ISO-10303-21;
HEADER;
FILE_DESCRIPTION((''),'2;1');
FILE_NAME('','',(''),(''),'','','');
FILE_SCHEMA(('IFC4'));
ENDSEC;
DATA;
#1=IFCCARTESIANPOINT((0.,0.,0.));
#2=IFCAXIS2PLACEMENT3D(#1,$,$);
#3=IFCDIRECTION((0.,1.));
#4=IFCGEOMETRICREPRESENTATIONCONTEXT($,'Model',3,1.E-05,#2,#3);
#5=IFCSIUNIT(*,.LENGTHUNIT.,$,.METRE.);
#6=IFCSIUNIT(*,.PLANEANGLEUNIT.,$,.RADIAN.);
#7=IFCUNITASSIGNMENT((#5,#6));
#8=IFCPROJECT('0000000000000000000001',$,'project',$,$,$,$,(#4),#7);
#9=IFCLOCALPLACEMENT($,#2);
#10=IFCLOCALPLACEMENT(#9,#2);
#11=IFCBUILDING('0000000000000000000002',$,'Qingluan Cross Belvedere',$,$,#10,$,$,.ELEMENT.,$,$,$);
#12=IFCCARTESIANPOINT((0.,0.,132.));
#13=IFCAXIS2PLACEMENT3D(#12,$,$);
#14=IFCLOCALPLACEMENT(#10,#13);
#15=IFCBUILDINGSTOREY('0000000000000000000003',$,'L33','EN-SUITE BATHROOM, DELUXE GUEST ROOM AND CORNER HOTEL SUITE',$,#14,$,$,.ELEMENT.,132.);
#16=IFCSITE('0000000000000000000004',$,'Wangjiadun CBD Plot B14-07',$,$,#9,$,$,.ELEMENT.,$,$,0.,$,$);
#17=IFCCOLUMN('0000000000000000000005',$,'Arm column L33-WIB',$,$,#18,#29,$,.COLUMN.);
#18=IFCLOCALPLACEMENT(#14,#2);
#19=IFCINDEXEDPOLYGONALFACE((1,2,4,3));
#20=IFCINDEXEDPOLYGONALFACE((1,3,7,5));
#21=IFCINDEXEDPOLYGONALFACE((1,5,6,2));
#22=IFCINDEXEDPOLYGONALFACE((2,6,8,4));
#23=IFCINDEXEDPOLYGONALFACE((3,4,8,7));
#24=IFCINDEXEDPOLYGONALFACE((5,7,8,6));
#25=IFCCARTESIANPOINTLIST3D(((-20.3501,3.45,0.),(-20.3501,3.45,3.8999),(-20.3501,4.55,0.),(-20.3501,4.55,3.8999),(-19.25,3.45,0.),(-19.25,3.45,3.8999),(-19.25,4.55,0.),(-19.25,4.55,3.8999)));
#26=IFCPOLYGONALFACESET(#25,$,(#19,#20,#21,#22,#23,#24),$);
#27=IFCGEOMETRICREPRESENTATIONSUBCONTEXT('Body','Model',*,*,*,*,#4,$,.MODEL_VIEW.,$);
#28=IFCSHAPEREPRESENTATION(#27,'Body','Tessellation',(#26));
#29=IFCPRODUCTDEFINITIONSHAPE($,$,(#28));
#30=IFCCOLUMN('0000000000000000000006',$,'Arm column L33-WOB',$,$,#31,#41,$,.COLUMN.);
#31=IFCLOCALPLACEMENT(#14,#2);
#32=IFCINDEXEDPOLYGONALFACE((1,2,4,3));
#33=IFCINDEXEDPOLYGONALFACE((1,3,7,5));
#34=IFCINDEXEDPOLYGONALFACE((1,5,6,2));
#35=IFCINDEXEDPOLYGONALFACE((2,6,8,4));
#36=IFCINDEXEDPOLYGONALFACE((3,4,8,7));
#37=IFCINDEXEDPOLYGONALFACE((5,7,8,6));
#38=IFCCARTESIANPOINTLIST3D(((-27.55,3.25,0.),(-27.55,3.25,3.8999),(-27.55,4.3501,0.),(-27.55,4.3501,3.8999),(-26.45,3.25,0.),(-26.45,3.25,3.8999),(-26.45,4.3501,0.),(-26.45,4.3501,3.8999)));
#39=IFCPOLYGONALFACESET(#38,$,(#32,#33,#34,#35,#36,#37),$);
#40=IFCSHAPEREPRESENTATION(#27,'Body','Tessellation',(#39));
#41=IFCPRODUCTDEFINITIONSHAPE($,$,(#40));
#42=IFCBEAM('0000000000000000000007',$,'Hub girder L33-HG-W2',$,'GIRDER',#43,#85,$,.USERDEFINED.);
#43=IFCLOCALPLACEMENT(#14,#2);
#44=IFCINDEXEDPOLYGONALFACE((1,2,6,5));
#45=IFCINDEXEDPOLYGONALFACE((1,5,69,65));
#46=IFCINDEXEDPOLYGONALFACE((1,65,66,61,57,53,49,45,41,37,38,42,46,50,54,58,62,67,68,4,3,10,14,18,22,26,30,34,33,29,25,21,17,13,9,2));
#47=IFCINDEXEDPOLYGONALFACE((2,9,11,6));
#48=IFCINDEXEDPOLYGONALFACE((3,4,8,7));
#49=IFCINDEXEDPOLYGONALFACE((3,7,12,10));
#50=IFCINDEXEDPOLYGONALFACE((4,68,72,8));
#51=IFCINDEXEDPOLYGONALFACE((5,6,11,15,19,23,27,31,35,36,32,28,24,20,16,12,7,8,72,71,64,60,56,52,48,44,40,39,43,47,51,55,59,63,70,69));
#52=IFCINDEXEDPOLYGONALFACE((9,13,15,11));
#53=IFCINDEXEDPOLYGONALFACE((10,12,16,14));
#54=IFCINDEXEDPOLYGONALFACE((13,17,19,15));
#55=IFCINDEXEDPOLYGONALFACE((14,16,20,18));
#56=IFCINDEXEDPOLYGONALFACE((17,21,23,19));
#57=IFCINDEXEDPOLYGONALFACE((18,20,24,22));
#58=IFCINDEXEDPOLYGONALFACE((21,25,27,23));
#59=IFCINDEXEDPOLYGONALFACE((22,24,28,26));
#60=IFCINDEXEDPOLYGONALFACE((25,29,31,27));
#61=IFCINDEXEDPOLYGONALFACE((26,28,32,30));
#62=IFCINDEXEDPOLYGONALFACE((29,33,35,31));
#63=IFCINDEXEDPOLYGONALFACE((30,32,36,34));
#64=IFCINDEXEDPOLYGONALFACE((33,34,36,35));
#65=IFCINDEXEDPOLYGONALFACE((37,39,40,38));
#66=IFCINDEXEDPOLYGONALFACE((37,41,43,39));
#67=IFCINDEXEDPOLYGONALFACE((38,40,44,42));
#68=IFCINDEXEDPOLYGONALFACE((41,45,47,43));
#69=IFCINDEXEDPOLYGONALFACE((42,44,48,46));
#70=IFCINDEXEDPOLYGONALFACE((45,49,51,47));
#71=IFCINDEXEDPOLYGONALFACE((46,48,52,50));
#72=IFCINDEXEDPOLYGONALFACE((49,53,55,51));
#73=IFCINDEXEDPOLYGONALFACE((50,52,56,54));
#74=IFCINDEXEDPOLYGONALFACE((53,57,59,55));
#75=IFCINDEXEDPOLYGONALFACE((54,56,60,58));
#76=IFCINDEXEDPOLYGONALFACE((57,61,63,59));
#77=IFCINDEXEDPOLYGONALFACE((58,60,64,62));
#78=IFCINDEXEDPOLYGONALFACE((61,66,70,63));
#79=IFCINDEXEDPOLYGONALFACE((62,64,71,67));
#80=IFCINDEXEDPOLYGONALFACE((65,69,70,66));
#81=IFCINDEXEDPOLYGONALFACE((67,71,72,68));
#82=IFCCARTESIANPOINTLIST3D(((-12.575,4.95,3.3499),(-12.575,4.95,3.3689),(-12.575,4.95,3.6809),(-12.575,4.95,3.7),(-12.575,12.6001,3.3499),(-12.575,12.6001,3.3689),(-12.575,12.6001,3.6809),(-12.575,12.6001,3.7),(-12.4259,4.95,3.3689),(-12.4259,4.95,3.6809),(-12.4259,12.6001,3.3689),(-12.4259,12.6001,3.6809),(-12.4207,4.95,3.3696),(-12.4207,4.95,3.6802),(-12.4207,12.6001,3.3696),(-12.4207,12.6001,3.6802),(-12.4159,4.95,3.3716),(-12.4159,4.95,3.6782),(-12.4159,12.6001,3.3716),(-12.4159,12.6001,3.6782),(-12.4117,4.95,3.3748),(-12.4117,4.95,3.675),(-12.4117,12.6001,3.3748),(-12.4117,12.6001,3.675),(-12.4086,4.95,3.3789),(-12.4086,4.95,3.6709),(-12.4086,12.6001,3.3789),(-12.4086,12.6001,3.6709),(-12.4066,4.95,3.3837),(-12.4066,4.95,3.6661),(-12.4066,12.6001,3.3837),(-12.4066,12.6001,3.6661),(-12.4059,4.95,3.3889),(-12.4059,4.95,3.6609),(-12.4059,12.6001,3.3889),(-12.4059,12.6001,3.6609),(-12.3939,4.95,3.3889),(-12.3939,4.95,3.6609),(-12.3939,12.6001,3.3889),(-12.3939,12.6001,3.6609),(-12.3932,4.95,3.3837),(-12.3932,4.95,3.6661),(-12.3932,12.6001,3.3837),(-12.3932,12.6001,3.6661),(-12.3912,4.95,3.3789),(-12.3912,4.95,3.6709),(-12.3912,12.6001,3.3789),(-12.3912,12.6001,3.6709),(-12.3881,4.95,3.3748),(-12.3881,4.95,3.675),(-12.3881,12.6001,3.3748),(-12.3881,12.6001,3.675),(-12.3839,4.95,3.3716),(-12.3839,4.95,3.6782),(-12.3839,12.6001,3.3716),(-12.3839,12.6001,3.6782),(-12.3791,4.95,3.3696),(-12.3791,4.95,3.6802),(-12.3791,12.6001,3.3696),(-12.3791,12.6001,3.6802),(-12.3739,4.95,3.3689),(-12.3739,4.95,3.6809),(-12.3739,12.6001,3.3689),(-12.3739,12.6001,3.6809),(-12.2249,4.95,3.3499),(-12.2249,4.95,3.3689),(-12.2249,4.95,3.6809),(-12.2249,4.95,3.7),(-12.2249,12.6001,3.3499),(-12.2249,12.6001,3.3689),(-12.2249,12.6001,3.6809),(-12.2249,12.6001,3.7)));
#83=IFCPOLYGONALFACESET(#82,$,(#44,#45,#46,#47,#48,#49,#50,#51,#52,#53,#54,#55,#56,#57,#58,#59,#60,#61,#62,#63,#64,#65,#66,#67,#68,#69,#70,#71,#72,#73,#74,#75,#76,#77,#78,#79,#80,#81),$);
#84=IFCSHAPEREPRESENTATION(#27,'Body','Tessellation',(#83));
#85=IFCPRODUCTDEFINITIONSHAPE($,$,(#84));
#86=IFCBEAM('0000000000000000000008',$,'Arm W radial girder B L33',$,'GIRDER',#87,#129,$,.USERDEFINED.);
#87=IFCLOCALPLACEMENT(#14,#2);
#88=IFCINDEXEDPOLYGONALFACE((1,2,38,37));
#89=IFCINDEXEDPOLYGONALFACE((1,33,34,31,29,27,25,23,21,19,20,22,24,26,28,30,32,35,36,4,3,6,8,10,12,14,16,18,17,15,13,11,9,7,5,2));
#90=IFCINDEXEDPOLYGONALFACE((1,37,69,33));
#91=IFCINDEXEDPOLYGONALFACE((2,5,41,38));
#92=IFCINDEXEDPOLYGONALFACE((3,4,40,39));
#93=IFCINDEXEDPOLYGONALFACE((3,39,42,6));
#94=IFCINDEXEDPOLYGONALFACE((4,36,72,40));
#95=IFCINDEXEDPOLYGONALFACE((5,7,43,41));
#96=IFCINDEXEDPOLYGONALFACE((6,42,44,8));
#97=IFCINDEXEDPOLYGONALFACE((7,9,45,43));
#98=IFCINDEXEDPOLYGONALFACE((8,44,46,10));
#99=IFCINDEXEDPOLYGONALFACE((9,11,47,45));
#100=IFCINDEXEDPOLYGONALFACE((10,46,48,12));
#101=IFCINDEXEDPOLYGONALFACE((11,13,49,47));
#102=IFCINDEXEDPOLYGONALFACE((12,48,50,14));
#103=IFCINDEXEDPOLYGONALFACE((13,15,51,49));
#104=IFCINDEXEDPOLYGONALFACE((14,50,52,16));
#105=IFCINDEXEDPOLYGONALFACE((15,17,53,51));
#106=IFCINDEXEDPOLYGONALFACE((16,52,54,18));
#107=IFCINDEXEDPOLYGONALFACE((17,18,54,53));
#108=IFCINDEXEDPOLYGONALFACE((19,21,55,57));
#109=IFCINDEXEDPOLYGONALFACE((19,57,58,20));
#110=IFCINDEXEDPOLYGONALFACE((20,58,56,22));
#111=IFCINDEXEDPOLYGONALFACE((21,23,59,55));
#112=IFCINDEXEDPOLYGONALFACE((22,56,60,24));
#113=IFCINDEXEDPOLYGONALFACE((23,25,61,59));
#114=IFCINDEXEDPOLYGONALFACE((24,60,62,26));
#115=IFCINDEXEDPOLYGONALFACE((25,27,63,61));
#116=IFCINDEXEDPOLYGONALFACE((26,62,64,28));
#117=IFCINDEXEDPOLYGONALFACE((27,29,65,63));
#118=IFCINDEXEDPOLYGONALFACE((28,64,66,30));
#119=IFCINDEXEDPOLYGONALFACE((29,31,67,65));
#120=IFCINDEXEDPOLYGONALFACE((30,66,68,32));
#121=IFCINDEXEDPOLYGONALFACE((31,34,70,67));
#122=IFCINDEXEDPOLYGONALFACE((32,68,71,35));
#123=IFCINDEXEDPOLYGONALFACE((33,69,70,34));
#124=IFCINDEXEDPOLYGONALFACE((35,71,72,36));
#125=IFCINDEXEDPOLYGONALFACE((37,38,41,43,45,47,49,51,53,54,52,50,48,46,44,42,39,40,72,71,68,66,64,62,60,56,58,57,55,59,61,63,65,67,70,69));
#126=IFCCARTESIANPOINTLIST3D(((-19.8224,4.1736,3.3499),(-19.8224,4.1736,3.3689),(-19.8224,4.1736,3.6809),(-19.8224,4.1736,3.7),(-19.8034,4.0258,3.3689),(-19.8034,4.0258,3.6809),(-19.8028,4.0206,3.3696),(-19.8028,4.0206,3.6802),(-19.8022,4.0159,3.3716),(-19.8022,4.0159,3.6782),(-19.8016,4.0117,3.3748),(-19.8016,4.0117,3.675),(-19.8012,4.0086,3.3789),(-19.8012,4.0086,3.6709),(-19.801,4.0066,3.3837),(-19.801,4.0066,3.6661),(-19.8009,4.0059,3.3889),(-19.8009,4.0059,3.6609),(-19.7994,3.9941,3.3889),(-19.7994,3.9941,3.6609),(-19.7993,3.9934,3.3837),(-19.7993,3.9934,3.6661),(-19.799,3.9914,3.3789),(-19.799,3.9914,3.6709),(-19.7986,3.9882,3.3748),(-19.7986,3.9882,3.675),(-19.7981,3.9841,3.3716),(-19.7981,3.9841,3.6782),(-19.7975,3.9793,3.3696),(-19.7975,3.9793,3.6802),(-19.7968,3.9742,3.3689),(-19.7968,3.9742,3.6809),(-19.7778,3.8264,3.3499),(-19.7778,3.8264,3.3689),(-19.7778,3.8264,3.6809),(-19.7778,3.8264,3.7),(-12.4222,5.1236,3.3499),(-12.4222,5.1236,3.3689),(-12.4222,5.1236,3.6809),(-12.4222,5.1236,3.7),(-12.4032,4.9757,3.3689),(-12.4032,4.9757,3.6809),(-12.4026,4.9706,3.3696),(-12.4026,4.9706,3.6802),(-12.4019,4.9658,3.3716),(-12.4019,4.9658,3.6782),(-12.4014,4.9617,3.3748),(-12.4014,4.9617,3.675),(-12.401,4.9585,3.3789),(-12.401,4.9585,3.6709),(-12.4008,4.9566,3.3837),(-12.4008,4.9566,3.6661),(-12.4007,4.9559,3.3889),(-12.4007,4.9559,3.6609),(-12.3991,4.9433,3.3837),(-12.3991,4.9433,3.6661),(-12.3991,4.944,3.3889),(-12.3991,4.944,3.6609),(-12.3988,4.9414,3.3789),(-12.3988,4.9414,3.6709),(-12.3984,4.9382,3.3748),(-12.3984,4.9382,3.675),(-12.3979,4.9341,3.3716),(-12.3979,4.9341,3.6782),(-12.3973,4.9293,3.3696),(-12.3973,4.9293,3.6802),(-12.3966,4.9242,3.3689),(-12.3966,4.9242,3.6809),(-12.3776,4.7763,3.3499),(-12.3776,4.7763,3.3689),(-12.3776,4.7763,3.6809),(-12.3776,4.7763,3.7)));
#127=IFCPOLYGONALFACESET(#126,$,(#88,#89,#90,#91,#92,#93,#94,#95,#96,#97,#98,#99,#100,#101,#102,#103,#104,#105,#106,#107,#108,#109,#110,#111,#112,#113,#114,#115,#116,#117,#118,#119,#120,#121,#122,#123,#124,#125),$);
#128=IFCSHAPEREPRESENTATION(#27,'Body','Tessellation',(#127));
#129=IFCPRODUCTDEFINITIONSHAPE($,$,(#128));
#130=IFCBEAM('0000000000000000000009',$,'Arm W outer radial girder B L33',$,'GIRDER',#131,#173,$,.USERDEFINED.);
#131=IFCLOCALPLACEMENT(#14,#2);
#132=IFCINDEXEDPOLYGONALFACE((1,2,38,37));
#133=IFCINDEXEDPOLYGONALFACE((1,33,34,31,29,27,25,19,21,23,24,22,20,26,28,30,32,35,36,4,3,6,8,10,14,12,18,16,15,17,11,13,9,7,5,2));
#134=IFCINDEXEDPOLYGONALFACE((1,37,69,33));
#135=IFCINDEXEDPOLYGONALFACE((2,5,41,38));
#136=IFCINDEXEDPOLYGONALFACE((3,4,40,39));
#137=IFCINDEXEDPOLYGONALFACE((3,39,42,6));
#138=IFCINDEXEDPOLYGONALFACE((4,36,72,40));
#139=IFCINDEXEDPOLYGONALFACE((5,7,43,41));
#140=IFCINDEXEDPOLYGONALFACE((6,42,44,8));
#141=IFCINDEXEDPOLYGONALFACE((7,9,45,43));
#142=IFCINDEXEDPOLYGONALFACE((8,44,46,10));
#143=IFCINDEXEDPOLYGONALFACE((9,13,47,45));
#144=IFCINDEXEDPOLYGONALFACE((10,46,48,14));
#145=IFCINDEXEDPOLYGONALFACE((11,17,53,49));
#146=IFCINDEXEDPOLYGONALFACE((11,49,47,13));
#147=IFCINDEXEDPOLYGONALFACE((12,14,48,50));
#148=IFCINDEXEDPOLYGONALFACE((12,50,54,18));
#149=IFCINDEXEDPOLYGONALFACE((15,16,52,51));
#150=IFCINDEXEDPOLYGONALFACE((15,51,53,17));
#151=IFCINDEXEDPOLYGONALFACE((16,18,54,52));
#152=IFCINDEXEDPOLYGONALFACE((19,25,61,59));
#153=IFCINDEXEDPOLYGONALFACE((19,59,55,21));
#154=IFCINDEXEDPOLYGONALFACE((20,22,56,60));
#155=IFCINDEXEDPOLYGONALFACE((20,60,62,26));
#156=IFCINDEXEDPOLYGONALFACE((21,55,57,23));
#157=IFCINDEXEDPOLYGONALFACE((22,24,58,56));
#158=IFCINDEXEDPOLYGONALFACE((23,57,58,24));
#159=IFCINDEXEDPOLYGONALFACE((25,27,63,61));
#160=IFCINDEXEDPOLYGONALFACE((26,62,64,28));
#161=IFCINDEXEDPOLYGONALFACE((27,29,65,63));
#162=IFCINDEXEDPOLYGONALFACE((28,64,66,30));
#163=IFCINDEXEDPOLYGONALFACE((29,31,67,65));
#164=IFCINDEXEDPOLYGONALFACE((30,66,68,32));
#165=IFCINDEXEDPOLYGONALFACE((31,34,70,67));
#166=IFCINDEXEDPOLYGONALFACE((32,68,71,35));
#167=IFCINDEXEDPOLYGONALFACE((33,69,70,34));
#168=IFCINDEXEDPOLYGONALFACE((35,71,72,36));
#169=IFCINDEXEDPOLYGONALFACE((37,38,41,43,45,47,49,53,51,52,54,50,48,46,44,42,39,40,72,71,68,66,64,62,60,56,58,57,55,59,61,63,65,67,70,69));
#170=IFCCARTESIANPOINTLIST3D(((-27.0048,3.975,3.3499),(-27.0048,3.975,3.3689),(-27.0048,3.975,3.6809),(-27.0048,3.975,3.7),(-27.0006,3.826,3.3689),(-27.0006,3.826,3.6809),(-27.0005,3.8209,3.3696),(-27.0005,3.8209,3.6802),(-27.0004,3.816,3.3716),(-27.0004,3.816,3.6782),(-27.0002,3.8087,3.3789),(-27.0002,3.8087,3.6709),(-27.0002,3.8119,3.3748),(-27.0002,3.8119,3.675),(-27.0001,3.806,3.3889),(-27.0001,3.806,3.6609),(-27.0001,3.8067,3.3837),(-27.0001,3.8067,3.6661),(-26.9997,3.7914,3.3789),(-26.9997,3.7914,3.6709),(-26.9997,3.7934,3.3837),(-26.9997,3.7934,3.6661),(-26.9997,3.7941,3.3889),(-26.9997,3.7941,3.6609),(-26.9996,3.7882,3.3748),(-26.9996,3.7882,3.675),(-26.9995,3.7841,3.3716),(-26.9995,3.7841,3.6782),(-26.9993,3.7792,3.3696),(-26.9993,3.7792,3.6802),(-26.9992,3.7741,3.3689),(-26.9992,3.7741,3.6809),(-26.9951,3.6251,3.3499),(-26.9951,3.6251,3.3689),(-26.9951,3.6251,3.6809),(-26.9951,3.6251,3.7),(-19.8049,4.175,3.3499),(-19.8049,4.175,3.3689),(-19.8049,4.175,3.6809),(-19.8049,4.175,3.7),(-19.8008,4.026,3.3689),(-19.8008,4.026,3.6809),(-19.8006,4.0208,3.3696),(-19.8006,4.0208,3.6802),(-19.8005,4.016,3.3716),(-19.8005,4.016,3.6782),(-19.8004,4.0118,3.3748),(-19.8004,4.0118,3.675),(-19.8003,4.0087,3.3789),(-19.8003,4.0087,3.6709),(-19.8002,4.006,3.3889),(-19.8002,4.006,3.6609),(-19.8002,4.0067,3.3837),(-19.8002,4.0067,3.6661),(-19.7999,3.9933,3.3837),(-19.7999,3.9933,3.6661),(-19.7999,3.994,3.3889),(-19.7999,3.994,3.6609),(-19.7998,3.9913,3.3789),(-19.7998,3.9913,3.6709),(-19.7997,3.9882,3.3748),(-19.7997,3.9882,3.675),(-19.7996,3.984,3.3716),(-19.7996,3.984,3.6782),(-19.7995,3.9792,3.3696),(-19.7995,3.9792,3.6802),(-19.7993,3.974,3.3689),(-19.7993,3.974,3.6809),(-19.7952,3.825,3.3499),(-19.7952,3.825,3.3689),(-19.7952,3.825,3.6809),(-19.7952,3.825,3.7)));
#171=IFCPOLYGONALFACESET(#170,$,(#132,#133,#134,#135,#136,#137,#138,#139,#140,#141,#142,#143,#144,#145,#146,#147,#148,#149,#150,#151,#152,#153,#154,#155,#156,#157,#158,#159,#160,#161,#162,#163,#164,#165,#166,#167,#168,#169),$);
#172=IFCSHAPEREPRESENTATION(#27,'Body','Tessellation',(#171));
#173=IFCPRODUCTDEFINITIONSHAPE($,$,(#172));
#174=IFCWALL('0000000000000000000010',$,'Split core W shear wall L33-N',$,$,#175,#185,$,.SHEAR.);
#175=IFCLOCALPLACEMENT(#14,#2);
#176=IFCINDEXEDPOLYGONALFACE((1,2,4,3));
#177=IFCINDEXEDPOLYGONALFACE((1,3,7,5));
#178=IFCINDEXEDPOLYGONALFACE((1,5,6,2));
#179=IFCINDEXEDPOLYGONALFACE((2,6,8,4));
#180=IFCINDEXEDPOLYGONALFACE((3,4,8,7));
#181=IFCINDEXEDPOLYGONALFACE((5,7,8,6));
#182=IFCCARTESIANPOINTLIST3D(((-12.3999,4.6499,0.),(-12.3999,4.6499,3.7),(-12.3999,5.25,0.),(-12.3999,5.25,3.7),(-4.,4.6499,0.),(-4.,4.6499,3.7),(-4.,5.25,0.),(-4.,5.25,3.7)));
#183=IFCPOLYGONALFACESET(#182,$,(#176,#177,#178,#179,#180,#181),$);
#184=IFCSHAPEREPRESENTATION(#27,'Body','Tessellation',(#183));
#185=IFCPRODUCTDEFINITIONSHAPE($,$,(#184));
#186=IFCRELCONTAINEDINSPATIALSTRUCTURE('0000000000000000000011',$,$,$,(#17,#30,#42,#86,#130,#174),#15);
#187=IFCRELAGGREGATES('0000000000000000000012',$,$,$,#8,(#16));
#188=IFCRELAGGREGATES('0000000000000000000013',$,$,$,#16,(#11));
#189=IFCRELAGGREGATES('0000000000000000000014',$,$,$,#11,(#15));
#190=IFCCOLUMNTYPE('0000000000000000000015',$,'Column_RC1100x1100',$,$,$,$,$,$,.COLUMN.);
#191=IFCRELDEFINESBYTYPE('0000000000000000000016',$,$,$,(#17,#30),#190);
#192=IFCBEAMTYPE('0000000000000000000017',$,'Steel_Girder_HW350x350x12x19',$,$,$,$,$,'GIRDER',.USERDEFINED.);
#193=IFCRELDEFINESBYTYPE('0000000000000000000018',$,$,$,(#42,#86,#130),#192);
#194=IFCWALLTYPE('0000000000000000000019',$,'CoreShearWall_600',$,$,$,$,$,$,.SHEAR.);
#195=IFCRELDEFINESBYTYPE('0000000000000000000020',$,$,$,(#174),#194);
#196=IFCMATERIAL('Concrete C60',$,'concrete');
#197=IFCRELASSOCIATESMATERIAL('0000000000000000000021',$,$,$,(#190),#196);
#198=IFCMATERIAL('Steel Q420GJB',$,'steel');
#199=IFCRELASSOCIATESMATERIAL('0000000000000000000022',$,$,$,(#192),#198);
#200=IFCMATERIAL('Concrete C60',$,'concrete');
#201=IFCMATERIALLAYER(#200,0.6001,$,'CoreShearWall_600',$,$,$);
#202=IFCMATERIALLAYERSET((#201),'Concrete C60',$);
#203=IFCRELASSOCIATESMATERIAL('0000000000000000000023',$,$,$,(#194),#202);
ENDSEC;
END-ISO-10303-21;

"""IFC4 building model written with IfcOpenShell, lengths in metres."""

from ifc_helpers import new_model, si_unit, direction, frame, frame_2d, origin, origin_2d, place, context, subcontext, project, spatial, rectangle, i_section, extrude, material, layer, layer_set, material_profile, profile_set, type_object, element, save


model = new_model("IFC4")

# Units and contexts
model_context = context("Model", 3, precision=1e-05, world=origin(), true_north=direction((0.0, 1.0)))
body_context = subcontext(model_context, "Body", "Model", "MODEL_VIEW")
ifc_project = project(units=[si_unit("LENGTHUNIT", "METRE"), si_unit("PLANEANGLEUNIT", "RADIAN")], contexts=[model_context])

# Site, building, storey
site_placement = place(None, origin())
site = spatial("IfcSite", under=ifc_project, at=site_placement, Name="Wangjiadun CBD Plot B14-07", CompositionType="ELEMENT", RefElevation=0.0)
building_placement = place(site_placement, origin())
building = spatial("IfcBuilding", under=site, at=building_placement, Name="Qingluan Cross Belvedere", CompositionType="ELEMENT")
storey_placement = place(building_placement, frame((0.0, 0.0, 132.0)))
storey = spatial("IfcBuildingStorey", under=building, at=storey_placement, Name="L33", Description="EN-SUITE BATHROOM, DELUXE GUEST ROOM AND CORNER HOTEL SUITE", CompositionType="ELEMENT", Elevation=132.0)

# Columns
ifc_material_1 = material(Name="Concrete C60", Category="concrete")
ifc_material_profile_1 = material_profile(ifc_material_1, rectangle(XDim=1.1001, YDim=1.1001, at=origin_2d()), Name="RC1100x1100")
ifc_profile_set_1 = profile_set([ifc_material_profile_1], Name="Concrete C60")
column_type = type_object("IfcColumnType", Name="Column_RC1100x1100", PredefinedType="COLUMN", material=ifc_profile_set_1)
for number, where, z_axis, x_axis, name in (
    (1, (-19.8, 4.0, 0.0), (0.0, 0.0, 1.0), (1.0, 0.0, 0.0), "Arm column L33-WIB"),
    (2, (-27.0, 3.8, 0.0), (0.0, 0.0, 1.0), (1.0, 0.0, 0.0), "Arm column L33-WOB"),
):
    element("IfcColumn", number, at=place(storey_placement, frame(where, z_axis=z_axis, x_axis=x_axis)), inside=storey, type_object=column_type, Name=name, PredefinedType="COLUMN", context=body_context, shape_type="SweptSolid", body=[
        extrude(rectangle(XDim=1.1001, YDim=1.1001, at=origin_2d()), origin(), (0.0, 0.0, 1.0), 3.8999),
    ])

# Beams
ifc_material_2 = material(Name="Steel Q420GJB", Category="steel")
ifc_material_profile_2 = material_profile(ifc_material_2, i_section(OverallWidth=0.3501, OverallDepth=0.3501, WebThickness=0.012, FlangeThickness=0.019, FilletRadius=0.02, at=origin_2d()), Name="HW350x350x12x19")
ifc_profile_set_2 = profile_set([ifc_material_profile_2], Name="Steel Q420GJB")
beam_type = type_object("IfcBeamType", Name="Steel_Girder_HW350x350x12x19", ElementType="GIRDER", PredefinedType="USERDEFINED", material=ifc_profile_set_2)
beam_1_placement = place(storey_placement, frame((-12.3999, 4.95, 3.5249), z_axis=(0.0, 1.0, 0.0), x_axis=(-1.0, 0.0, 0.0)))
element("IfcBeam", 3, at=beam_1_placement, inside=storey, type_object=beam_type, Name="Hub girder L33-HG-W2", ObjectType="GIRDER", PredefinedType="USERDEFINED", context=body_context, shape_type="SweptSolid", body=[
    extrude(i_section(OverallWidth=0.3501, OverallDepth=0.3501, WebThickness=0.012, FlangeThickness=0.019, FilletRadius=0.02, at=origin_2d()), origin(), (0.0, 0.0, 1.0), 7.6501),
])
beam_2_placement = place(storey_placement, frame((-12.3999, 4.95, 3.5249), z_axis=(-0.991861, -0.127324, 0.0), x_axis=(0.127324, -0.991861, 0.0)))
element("IfcBeam", 4, at=beam_2_placement, inside=storey, type_object=beam_type, Name="Arm W radial girder B L33", ObjectType="GIRDER", PredefinedType="USERDEFINED", context=body_context, shape_type="SweptSolid", body=[
    extrude(i_section(OverallWidth=0.3501, OverallDepth=0.3501, WebThickness=0.012, FlangeThickness=0.019, FilletRadius=0.02, at=origin_2d()), origin(), (0.0, 0.0, 1.0), 7.4609),
])
beam_3_placement = place(storey_placement, frame((-19.8, 4.0, 3.5249), z_axis=(-0.999615, -0.02776, 0.0), x_axis=(0.02776, -0.999615, 0.0)))
element("IfcBeam", 5, at=beam_3_placement, inside=storey, type_object=beam_type, Name="Arm W outer radial girder B L33", ObjectType="GIRDER", PredefinedType="USERDEFINED", context=body_context, shape_type="SweptSolid", body=[
    extrude(i_section(OverallWidth=0.3501, OverallDepth=0.3501, WebThickness=0.012, FlangeThickness=0.019, FilletRadius=0.02, at=origin_2d()), origin(), (0.0, 0.0, 1.0), 7.2026),
])

# Wall
ifc_material_3 = material(Name="Concrete C60", Category="concrete")
ifc_layer_1 = layer(ifc_material_3, 0.6001, Name="CoreShearWall_600")
ifc_layer_set_1 = layer_set([ifc_layer_1], Name="Concrete C60")
wall_type_1 = type_object("IfcWallType", Name="CoreShearWall_600", PredefinedType="SHEAR", material=ifc_layer_set_1)
wall_1_placement = place(storey_placement, frame((-12.3999, 4.95, 0.0), z_axis=(0.0, 0.0, 1.0), x_axis=(1.0, 0.0, 0.0)))
element("IfcWall", 6, at=wall_1_placement, inside=storey, type_object=wall_type_1, Name="Split core W shear wall L33-N", PredefinedType="SHEAR", context=body_context, shape_type="SweptSolid", body=[
    extrude(rectangle(XDim=8.3999, YDim=0.6001, at=frame_2d((4.2, 0.0))), origin(), (0.0, 0.0, 1.0), 3.7),
])

save(model, "model.ifc")
